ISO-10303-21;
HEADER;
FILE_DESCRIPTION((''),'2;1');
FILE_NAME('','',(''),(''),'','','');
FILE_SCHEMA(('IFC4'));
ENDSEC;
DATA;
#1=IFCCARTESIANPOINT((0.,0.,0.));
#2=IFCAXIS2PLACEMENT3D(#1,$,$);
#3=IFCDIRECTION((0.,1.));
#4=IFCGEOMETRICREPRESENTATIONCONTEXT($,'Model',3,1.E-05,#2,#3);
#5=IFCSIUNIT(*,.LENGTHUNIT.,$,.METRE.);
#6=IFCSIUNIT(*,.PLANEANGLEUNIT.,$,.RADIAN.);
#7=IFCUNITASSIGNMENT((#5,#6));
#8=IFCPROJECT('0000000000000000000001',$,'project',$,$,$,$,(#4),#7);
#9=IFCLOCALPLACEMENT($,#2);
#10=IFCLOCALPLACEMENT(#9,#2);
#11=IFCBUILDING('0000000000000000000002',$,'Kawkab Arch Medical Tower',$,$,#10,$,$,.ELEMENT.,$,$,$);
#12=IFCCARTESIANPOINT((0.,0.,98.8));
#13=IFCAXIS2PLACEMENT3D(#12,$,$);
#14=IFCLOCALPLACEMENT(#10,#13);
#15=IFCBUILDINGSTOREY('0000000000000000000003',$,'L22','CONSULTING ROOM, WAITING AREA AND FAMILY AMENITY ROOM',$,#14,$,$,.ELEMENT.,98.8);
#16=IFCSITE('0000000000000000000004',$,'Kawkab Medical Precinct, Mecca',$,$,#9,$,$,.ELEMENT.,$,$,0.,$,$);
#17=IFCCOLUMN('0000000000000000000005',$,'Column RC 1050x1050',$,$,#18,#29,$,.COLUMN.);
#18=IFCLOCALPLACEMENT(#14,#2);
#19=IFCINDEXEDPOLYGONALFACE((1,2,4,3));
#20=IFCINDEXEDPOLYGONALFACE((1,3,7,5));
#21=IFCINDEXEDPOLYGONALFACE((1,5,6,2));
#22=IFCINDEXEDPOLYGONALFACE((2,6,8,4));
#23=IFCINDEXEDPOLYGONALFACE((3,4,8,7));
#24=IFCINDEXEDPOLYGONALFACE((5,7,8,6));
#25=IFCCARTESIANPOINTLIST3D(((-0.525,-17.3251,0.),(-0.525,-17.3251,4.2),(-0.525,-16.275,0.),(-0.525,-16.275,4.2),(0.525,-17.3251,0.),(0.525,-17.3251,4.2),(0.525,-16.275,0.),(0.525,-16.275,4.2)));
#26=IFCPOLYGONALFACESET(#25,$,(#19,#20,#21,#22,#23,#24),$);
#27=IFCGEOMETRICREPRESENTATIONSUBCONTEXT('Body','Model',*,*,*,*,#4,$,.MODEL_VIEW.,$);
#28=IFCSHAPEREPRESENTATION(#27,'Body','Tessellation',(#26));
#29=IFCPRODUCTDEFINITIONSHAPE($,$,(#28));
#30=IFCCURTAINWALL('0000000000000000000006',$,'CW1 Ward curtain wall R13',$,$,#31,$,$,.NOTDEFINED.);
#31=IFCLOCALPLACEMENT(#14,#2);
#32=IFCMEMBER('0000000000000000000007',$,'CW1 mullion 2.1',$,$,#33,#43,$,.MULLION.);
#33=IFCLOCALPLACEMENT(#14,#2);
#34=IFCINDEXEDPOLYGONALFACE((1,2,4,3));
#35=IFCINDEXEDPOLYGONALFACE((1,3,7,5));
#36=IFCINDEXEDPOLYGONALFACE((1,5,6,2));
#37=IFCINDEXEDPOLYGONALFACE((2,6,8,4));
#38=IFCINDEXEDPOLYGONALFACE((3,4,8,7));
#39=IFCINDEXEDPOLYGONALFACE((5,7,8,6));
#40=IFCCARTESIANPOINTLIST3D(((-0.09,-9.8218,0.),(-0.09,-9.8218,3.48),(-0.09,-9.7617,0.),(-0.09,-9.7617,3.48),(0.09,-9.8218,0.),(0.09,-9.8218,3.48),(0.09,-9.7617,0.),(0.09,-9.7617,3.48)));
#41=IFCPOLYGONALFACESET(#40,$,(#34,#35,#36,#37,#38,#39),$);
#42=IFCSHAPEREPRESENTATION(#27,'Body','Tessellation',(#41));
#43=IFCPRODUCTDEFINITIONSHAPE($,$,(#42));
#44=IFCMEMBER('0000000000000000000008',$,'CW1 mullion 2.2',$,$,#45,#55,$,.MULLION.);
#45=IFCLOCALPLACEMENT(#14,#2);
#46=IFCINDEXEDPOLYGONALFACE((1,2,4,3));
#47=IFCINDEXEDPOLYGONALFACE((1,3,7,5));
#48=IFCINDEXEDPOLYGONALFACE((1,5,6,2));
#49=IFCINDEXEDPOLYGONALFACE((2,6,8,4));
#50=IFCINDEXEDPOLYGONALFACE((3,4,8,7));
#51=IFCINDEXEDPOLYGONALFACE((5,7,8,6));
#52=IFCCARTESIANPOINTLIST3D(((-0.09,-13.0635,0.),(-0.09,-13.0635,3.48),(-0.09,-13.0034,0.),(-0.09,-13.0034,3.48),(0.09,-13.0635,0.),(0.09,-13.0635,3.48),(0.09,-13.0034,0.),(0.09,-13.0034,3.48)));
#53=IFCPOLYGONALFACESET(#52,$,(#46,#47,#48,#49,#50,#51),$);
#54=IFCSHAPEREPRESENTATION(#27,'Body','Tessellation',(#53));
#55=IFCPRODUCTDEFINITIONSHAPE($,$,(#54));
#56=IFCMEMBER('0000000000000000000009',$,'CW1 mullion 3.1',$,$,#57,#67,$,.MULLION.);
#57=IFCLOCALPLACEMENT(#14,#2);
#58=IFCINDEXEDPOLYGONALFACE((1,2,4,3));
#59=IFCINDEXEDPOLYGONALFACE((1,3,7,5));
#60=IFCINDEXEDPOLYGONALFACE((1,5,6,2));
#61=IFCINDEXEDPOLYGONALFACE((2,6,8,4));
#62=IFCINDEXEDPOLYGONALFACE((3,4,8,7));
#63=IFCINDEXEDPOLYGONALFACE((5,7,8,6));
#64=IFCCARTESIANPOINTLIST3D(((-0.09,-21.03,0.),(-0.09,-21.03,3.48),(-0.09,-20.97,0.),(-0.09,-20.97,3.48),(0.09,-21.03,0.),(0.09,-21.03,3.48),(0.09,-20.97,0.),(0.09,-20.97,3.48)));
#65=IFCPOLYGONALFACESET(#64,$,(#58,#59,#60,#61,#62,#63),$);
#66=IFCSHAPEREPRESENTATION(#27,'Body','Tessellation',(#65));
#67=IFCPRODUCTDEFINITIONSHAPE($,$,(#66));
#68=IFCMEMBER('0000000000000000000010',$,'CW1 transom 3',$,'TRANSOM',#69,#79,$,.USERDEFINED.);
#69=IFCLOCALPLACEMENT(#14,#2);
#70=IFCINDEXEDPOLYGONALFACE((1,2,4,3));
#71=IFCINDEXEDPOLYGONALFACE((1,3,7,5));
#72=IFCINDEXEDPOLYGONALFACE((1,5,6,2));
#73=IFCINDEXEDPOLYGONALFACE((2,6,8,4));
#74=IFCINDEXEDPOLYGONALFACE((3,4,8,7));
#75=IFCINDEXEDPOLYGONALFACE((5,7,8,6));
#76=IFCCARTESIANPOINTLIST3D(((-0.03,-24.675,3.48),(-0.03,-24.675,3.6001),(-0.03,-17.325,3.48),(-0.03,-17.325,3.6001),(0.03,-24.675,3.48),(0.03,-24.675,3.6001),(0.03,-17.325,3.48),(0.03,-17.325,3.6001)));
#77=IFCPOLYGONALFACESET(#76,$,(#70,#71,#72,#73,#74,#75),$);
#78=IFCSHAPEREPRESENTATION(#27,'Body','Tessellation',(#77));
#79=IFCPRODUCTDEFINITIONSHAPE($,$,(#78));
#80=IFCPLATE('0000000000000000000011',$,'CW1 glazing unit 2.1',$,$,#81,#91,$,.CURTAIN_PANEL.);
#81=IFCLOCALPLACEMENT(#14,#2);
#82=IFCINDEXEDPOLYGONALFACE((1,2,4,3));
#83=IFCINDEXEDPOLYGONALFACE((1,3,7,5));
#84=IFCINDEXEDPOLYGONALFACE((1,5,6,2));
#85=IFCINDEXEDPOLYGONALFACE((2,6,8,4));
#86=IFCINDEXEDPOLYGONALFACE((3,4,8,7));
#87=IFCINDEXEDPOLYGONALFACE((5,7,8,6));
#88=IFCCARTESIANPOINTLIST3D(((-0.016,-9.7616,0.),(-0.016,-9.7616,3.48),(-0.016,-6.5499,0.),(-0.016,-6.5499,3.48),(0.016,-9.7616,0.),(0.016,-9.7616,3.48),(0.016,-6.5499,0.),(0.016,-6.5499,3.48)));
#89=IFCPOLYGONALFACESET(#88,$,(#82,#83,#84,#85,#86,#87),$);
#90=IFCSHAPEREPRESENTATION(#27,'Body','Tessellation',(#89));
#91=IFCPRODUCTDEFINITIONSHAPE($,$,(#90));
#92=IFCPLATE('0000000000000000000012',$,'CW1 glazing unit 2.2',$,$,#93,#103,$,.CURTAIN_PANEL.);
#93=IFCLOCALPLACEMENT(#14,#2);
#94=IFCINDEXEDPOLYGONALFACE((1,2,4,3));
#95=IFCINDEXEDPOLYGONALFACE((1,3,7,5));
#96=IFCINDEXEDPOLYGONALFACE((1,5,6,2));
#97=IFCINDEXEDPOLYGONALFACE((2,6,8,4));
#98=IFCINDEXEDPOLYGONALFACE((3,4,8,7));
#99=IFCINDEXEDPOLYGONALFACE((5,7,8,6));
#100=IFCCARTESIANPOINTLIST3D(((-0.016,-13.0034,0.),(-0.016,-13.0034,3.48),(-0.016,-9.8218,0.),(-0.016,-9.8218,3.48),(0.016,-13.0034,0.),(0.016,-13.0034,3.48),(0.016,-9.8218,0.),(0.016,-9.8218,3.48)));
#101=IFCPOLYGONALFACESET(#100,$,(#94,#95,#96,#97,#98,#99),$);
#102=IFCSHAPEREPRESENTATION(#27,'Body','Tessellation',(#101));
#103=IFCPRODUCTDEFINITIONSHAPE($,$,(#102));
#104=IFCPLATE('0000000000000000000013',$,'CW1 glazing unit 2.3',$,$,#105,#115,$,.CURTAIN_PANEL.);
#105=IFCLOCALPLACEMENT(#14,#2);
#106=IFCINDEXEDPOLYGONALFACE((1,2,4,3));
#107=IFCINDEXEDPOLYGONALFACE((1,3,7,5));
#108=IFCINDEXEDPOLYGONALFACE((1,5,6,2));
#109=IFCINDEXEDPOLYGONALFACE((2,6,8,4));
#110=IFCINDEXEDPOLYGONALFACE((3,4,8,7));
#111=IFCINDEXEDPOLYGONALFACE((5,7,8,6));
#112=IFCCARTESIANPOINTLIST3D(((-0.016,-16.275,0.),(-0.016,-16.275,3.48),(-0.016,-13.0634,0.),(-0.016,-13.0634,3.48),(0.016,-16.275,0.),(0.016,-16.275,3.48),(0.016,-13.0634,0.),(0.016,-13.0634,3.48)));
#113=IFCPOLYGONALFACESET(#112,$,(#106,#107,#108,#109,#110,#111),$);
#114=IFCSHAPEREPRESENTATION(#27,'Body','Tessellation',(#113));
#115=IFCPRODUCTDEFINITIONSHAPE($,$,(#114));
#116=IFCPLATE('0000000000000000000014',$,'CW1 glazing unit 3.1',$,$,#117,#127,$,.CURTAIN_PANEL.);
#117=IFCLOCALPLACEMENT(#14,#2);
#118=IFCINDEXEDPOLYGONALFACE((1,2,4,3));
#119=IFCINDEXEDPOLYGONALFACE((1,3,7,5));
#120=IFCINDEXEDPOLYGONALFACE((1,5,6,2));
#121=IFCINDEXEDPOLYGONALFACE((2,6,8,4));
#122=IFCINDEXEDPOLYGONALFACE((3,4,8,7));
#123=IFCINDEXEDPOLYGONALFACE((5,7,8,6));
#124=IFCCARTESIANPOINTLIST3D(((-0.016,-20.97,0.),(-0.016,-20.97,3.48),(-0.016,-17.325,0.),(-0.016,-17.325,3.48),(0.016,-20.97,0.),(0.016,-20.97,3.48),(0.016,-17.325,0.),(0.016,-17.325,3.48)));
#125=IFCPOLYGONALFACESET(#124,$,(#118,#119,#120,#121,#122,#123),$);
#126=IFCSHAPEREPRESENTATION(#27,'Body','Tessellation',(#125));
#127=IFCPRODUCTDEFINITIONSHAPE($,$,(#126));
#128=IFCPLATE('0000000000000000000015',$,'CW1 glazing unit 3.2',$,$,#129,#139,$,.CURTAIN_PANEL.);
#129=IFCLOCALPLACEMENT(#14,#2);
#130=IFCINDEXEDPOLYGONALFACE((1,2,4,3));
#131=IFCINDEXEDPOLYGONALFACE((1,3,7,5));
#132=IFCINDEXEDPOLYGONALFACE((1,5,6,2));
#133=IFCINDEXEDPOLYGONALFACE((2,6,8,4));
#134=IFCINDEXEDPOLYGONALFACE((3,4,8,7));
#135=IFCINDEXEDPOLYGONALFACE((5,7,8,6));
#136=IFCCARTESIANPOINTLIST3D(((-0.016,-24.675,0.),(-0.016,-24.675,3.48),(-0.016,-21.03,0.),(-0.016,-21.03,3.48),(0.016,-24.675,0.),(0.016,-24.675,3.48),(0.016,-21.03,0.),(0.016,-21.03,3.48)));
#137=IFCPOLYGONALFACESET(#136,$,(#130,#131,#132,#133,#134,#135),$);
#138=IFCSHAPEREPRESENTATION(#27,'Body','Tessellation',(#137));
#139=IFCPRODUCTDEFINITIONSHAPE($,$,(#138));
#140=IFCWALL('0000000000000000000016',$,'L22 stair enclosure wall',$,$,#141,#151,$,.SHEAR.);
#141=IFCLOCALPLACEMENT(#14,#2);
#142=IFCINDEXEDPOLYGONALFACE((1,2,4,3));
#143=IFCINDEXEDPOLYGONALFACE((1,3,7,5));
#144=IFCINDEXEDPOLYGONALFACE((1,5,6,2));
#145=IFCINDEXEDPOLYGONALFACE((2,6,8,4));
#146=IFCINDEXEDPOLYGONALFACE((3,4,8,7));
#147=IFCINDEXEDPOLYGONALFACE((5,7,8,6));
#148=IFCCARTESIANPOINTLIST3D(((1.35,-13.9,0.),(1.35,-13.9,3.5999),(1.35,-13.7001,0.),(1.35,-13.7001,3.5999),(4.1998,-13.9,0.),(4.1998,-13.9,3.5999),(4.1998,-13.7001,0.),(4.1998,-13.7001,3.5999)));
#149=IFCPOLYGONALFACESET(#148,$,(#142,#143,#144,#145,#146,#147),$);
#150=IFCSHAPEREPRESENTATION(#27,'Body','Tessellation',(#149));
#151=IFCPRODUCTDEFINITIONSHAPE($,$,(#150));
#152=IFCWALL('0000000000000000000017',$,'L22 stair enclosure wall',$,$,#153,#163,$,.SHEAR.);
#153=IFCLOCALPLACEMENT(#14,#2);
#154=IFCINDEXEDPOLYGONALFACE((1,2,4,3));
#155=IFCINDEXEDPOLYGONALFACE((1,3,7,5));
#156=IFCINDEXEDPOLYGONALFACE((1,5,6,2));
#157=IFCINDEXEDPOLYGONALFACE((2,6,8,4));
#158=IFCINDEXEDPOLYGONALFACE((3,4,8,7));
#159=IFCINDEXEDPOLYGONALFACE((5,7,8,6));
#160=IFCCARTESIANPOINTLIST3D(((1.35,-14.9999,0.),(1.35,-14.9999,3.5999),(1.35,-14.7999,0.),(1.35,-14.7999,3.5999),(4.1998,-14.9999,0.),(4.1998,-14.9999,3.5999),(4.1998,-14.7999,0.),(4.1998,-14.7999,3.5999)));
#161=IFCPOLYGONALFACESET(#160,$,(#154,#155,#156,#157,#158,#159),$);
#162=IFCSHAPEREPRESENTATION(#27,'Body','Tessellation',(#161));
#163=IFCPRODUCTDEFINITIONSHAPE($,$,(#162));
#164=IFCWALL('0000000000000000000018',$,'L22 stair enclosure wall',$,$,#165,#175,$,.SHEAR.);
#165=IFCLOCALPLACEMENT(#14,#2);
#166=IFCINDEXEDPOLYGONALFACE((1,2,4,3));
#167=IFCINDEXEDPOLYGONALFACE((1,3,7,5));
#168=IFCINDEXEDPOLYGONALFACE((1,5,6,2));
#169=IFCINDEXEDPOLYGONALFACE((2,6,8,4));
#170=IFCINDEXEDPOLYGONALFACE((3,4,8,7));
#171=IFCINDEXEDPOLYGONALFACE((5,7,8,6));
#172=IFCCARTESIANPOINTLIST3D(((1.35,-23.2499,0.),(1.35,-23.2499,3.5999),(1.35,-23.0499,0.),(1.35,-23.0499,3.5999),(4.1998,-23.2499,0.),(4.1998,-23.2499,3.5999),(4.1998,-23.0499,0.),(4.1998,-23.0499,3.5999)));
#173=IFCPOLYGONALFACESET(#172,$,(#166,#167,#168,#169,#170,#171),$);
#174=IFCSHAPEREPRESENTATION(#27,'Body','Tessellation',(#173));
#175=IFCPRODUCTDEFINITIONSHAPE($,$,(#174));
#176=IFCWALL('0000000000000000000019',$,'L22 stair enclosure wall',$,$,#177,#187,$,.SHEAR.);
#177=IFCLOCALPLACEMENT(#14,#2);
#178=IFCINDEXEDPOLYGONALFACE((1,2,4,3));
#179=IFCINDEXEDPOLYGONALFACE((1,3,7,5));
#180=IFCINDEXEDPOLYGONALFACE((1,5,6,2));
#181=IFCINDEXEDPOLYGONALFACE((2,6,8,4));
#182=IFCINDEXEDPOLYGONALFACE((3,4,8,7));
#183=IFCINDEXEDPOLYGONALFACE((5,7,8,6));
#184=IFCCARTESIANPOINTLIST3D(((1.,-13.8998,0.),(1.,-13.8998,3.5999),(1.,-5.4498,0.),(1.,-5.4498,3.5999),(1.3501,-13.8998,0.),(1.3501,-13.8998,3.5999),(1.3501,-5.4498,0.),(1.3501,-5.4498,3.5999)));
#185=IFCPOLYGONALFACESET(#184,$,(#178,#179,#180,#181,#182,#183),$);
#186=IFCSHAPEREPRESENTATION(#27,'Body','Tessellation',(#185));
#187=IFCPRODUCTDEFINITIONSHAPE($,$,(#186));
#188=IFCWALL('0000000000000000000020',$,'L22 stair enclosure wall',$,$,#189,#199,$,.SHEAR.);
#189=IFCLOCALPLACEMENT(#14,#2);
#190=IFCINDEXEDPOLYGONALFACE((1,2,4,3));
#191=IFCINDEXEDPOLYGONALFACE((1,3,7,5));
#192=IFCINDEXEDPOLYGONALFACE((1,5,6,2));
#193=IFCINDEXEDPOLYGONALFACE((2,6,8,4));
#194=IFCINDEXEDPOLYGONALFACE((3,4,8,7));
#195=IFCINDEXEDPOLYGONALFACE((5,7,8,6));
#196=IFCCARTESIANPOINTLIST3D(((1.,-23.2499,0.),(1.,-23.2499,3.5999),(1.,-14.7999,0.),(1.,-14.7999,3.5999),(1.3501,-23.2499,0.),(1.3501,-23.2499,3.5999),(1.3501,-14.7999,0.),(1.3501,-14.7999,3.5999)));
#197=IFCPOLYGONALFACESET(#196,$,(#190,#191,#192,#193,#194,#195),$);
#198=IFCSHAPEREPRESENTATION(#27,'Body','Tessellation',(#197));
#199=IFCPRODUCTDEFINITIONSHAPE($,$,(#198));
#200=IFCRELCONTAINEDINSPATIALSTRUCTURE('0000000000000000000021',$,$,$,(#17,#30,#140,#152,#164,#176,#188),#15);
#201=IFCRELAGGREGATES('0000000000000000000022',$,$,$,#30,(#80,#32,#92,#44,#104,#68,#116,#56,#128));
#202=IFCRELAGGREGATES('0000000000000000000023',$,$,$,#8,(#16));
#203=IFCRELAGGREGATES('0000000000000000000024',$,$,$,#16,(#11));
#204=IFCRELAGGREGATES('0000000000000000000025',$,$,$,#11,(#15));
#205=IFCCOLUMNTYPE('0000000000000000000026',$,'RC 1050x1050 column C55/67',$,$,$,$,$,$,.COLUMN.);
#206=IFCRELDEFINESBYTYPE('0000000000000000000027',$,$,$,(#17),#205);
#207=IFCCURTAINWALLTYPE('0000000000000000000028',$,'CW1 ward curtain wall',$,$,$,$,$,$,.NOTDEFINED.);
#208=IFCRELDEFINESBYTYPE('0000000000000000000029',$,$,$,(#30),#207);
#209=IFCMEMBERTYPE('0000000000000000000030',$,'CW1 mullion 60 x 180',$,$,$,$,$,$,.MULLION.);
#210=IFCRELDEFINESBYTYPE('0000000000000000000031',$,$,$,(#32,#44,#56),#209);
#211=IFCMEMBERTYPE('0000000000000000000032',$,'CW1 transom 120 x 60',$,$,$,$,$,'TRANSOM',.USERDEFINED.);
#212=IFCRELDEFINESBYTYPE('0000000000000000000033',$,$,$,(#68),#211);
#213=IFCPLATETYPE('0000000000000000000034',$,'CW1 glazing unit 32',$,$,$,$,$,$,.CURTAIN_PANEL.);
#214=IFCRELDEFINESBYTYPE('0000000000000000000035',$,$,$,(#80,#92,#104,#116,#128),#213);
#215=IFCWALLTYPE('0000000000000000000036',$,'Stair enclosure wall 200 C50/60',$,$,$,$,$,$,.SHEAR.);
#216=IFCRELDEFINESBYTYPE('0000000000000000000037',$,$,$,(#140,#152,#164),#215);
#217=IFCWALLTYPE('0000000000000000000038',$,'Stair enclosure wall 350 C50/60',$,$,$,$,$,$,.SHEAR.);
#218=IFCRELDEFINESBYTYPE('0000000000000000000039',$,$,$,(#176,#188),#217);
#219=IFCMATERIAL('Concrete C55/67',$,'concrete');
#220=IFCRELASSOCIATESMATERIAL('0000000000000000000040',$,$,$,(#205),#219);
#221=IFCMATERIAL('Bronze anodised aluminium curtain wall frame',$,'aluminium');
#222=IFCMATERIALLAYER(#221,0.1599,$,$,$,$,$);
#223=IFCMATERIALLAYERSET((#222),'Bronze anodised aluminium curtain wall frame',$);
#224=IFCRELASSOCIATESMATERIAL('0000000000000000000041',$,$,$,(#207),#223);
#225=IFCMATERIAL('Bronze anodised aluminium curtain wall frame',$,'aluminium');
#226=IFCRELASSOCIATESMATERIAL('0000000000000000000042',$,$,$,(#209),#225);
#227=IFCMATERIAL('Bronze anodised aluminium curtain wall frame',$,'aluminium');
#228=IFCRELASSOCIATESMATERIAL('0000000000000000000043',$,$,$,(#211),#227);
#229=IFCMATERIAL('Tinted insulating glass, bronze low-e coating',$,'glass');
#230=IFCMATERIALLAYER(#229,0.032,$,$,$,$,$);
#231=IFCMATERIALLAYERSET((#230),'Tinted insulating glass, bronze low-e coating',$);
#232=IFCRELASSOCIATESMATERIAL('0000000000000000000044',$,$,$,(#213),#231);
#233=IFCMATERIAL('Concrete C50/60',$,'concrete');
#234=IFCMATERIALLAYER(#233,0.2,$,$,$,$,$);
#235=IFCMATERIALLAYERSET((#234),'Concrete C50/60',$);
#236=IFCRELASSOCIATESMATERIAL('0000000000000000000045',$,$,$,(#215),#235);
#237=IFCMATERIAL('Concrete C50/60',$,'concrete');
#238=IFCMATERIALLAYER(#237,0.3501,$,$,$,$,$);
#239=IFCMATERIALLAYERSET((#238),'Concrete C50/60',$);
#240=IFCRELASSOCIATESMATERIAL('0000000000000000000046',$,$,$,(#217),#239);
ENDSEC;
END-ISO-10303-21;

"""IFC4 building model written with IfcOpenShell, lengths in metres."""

from ifc_helpers import new_model, si_unit, direction, frame, frame_2d, origin, origin_2d, place, context, subcontext, project, spatial, rectangle, extrude, material, layer, layer_set, material_profile, profile_set, type_object, element, aggregate, save


model = new_model("IFC4")

# Units and contexts
model_context = context("Model", 3, precision=1e-05, world=origin(), true_north=direction((0.0, 1.0)))
body_context = subcontext(model_context, "Body", "Model", "MODEL_VIEW")
ifc_project = project(units=[si_unit("LENGTHUNIT", "METRE"), si_unit("PLANEANGLEUNIT", "RADIAN")], contexts=[model_context])

# Site, building, storey
site_placement = place(None, origin())
site = spatial("IfcSite", under=ifc_project, at=site_placement, Name="Kawkab Medical Precinct, Mecca", CompositionType="ELEMENT", RefElevation=0.0)
building_placement = place(site_placement, origin())
building = spatial("IfcBuilding", under=site, at=building_placement, Name="Kawkab Arch Medical Tower", CompositionType="ELEMENT")
storey_placement = place(building_placement, frame((0.0, 0.0, 98.8)))
storey = spatial("IfcBuildingStorey", under=building, at=storey_placement, Name="L22", Description="CONSULTING ROOM, WAITING AREA AND FAMILY AMENITY ROOM", CompositionType="ELEMENT", Elevation=98.8)

# Column
ifc_material_1 = material(Name="Concrete C55/67", Category="concrete")
ifc_material_profile_1 = material_profile(ifc_material_1, rectangle(XDim=1.05, YDim=1.05, at=origin_2d()), Name="RC 1050x1050")
ifc_profile_set_1 = profile_set([ifc_material_profile_1], Name="Concrete C55/67")
column_type = type_object("IfcColumnType", Name="RC 1050x1050 column C55/67", PredefinedType="COLUMN", material=ifc_profile_set_1)
column_placement = place(storey_placement, frame((0.0, -16.8, 0.0), z_axis=(0.0, 0.0, 1.0), x_axis=(1.0, 0.0, 0.0)))
element("IfcColumn", 1, at=column_placement, inside=storey, type_object=column_type, Name="Column RC 1050x1050", PredefinedType="COLUMN", context=body_context, shape_type="SweptSolid", body=[
    extrude(rectangle(XDim=1.05, YDim=1.05, at=origin_2d()), origin(), (0.0, 0.0, 1.0), 4.2),
])

# Curtain wall, members, plates
ifc_material_2 = material(Name="Bronze anodised aluminium curtain wall frame", Category="aluminium")
ifc_layer_1 = layer(ifc_material_2, 0.1599)
ifc_layer_set_1 = layer_set([ifc_layer_1], Name="Bronze anodised aluminium curtain wall frame")
curtain_wall_type = type_object("IfcCurtainWallType", Name="CW1 ward curtain wall", PredefinedType="NOTDEFINED", material=ifc_layer_set_1)
placement = place(storey_placement, origin())
curtain_wall = element("IfcCurtainWall", 2, at=placement, inside=storey, type_object=curtain_wall_type, Name="CW1 Ward curtain wall R13", PredefinedType="NOTDEFINED")
ifc_material_3 = material(Name="Bronze anodised aluminium curtain wall frame", Category="aluminium")
ifc_material_profile_2 = material_profile(ifc_material_3, rectangle(XDim=0.1799, YDim=0.0601, at=origin_2d()), Name="AL 60x180")
ifc_profile_set_2 = profile_set([ifc_material_profile_2], Name="Bronze anodised aluminium curtain wall frame")
member_type_1 = type_object("IfcMemberType", Name="CW1 mullion 60 x 180", PredefinedType="MULLION", material=ifc_profile_set_2)
member_1_placement = place(storey_placement, frame((0.0, -9.7917, 0.0), z_axis=(0.0, 0.0, 1.0), x_axis=(1.0, 0.0, 0.0)))
member_1 = element("IfcMember", 3, at=member_1_placement, type_object=member_type_1, Name="CW1 mullion 2.1", PredefinedType="MULLION", context=body_context, shape_type="SweptSolid", body=[
    extrude(rectangle(XDim=0.1799, YDim=0.0601, at=origin_2d()), origin(), (0.0, 0.0, 1.0), 3.48),
])
member_2_placement = place(storey_placement, frame((0.0, -13.0334, 0.0), z_axis=(0.0, 0.0, 1.0), x_axis=(1.0, 0.0, 0.0)))
member_2 = element("IfcMember", 4, at=member_2_placement, type_object=member_type_1, Name="CW1 mullion 2.2", PredefinedType="MULLION", context=body_context, shape_type="SweptSolid", body=[
    extrude(rectangle(XDim=0.1799, YDim=0.0601, at=origin_2d()), origin(), (0.0, 0.0, 1.0), 3.48),
])
member_3_placement = place(storey_placement, frame((0.0, -21.0, 0.0), z_axis=(0.0, 0.0, 1.0), x_axis=(1.0, 0.0, 0.0)))
member_3 = element("IfcMember", 5, at=member_3_placement, type_object=member_type_1, Name="CW1 mullion 3.1", PredefinedType="MULLION", context=body_context, shape_type="SweptSolid", body=[
    extrude(rectangle(XDim=0.1799, YDim=0.0601, at=origin_2d()), origin(), (0.0, 0.0, 1.0), 3.48),
])
ifc_material_4 = material(Name="Bronze anodised aluminium curtain wall frame", Category="aluminium")
ifc_material_profile_3 = material_profile(ifc_material_4, rectangle(XDim=0.0601, YDim=0.1201, at=origin_2d()), Name="AL 60x120")
ifc_profile_set_3 = profile_set([ifc_material_profile_3], Name="Bronze anodised aluminium curtain wall frame")
member_type_2 = type_object("IfcMemberType", Name="CW1 transom 120 x 60", ElementType="TRANSOM", PredefinedType="USERDEFINED", material=ifc_profile_set_3)
member_4_placement = place(storey_placement, frame((0.0, -17.325, 3.54), z_axis=(0.0, -1.0, 0.0), x_axis=(1.0, 0.0, 0.0)))
member_4 = element("IfcMember", 6, at=member_4_placement, type_object=member_type_2, Name="CW1 transom 3", ObjectType="TRANSOM", PredefinedType="USERDEFINED", context=body_context, shape_type="SweptSolid", body=[
    extrude(rectangle(XDim=0.0601, YDim=0.1201, at=origin_2d()), origin(), (0.0, 0.0, 1.0), 7.3501),
])
ifc_material_5 = material(Name="Tinted insulating glass, bronze low-e coating", Category="glass")
ifc_layer_2 = layer(ifc_material_5, 0.032)
ifc_layer_set_2 = layer_set([ifc_layer_2], Name="Tinted insulating glass, bronze low-e coating")
plate_type = type_object("IfcPlateType", Name="CW1 glazing unit 32", PredefinedType="CURTAIN_PANEL", material=ifc_layer_set_2)
plate_1_placement = place(storey_placement, frame((0.0, -8.1558, 0.0), z_axis=(0.0, 0.0, 1.0), x_axis=(0.0, -1.0, 0.0)))
plate_1 = element("IfcPlate", 7, at=plate_1_placement, type_object=plate_type, Name="CW1 glazing unit 2.1", PredefinedType="CURTAIN_PANEL", context=body_context, shape_type="SweptSolid", body=[
    extrude(rectangle(XDim=3.2117, YDim=0.032, at=origin_2d()), origin(), (0.0, 0.0, 1.0), 3.48),
])
plate_2_placement = place(storey_placement, frame((0.0, -11.4126, 0.0), z_axis=(0.0, 0.0, 1.0), x_axis=(0.0, -1.0, 0.0)))
plate_2 = element("IfcPlate", 8, at=plate_2_placement, type_object=plate_type, Name="CW1 glazing unit 2.2", PredefinedType="CURTAIN_PANEL", context=body_context, shape_type="SweptSolid", body=[
    extrude(rectangle(XDim=3.1816, YDim=0.032, at=origin_2d()), origin(), (0.0, 0.0, 1.0), 3.48),
])
plate_3_placement = place(storey_placement, frame((0.0, -14.6692, 0.0), z_axis=(0.0, 0.0, 1.0), x_axis=(0.0, -1.0, 0.0)))
plate_3 = element("IfcPlate", 9, at=plate_3_placement, type_object=plate_type, Name="CW1 glazing unit 2.3", PredefinedType="CURTAIN_PANEL", context=body_context, shape_type="SweptSolid", body=[
    extrude(rectangle(XDim=3.2117, YDim=0.032, at=origin_2d()), origin(), (0.0, 0.0, 1.0), 3.48),
])
plate_4_placement = place(storey_placement, frame((0.0, -19.1475, 0.0), z_axis=(0.0, 0.0, 1.0), x_axis=(0.0, -1.0, 0.0)))
plate_4 = element("IfcPlate", 10, at=plate_4_placement, type_object=plate_type, Name="CW1 glazing unit 3.1", PredefinedType="CURTAIN_PANEL", context=body_context, shape_type="SweptSolid", body=[
    extrude(rectangle(XDim=3.645, YDim=0.032, at=origin_2d()), origin(), (0.0, 0.0, 1.0), 3.48),
])
plate_5_placement = place(storey_placement, frame((0.0, -22.8525, 0.0), z_axis=(0.0, 0.0, 1.0), x_axis=(0.0, -1.0, 0.0)))
plate_5 = element("IfcPlate", 11, at=plate_5_placement, type_object=plate_type, Name="CW1 glazing unit 3.2", PredefinedType="CURTAIN_PANEL", context=body_context, shape_type="SweptSolid", body=[
    extrude(rectangle(XDim=3.645, YDim=0.032, at=origin_2d()), origin(), (0.0, 0.0, 1.0), 3.48),
])
aggregate(curtain_wall, [plate_1, member_1, plate_2, member_2, plate_3, member_4, plate_4, member_3, plate_5])

# Walls
ifc_material_6 = material(Name="Concrete C50/60", Category="concrete")
ifc_layer_3 = layer(ifc_material_6, 0.2)
ifc_layer_set_3 = layer_set([ifc_layer_3], Name="Concrete C50/60")
wall_type_1 = type_object("IfcWallType", Name="Stair enclosure wall 200 C50/60", PredefinedType="SHEAR", material=ifc_layer_set_3)
for number, where, z_axis, x_axis, name in (
    (12, (1.3501, -13.8, 0.0), (0.0, 0.0, 1.0), (1.0, 0.0, 0.0), "L22 stair enclosure wall"),
    (13, (1.3501, -14.8999, 0.0), (0.0, 0.0, 1.0), (1.0, 0.0, 0.0), "L22 stair enclosure wall"),
    (14, (1.3501, -23.1499, 0.0), (0.0, 0.0, 1.0), (1.0, 0.0, 0.0), "L22 stair enclosure wall"),
):
    element("IfcWall", number, at=place(storey_placement, frame(where, z_axis=z_axis, x_axis=x_axis)), inside=storey, type_object=wall_type_1, Name=name, PredefinedType="SHEAR", context=body_context, shape_type="SweptSolid", body=[
        extrude(rectangle(XDim=2.8499, YDim=0.2, at=frame_2d((1.4248, 0.0))), origin(), (0.0, 0.0, 1.0), 3.5999),
    ])
ifc_material_7 = material(Name="Concrete C50/60", Category="concrete")
ifc_layer_4 = layer(ifc_material_7, 0.3501)
ifc_layer_set_4 = layer_set([ifc_layer_4], Name="Concrete C50/60")
wall_type_2 = type_object("IfcWallType", Name="Stair enclosure wall 350 C50/60", PredefinedType="SHEAR", material=ifc_layer_set_4)
for number, where, z_axis, x_axis, name in (
    (15, (1.175, -13.8999, 0.0), (0.0, 0.0, 1.0), (0.0, 1.0, 0.0), "L22 stair enclosure wall"),
    (16, (1.175, -23.25, 0.0), (0.0, 0.0, 1.0), (0.0, 1.0, 0.0), "L22 stair enclosure wall"),
):
    element("IfcWall", number, at=place(storey_placement, frame(where, z_axis=z_axis, x_axis=x_axis)), inside=storey, type_object=wall_type_2, Name=name, PredefinedType="SHEAR", context=body_context, shape_type="SweptSolid", body=[
        extrude(rectangle(XDim=8.45, YDim=0.3501, at=frame_2d((4.2251, 0.0))), origin(), (0.0, 0.0, 1.0), 3.5999),
    ])

save(model, "model.ifc")
